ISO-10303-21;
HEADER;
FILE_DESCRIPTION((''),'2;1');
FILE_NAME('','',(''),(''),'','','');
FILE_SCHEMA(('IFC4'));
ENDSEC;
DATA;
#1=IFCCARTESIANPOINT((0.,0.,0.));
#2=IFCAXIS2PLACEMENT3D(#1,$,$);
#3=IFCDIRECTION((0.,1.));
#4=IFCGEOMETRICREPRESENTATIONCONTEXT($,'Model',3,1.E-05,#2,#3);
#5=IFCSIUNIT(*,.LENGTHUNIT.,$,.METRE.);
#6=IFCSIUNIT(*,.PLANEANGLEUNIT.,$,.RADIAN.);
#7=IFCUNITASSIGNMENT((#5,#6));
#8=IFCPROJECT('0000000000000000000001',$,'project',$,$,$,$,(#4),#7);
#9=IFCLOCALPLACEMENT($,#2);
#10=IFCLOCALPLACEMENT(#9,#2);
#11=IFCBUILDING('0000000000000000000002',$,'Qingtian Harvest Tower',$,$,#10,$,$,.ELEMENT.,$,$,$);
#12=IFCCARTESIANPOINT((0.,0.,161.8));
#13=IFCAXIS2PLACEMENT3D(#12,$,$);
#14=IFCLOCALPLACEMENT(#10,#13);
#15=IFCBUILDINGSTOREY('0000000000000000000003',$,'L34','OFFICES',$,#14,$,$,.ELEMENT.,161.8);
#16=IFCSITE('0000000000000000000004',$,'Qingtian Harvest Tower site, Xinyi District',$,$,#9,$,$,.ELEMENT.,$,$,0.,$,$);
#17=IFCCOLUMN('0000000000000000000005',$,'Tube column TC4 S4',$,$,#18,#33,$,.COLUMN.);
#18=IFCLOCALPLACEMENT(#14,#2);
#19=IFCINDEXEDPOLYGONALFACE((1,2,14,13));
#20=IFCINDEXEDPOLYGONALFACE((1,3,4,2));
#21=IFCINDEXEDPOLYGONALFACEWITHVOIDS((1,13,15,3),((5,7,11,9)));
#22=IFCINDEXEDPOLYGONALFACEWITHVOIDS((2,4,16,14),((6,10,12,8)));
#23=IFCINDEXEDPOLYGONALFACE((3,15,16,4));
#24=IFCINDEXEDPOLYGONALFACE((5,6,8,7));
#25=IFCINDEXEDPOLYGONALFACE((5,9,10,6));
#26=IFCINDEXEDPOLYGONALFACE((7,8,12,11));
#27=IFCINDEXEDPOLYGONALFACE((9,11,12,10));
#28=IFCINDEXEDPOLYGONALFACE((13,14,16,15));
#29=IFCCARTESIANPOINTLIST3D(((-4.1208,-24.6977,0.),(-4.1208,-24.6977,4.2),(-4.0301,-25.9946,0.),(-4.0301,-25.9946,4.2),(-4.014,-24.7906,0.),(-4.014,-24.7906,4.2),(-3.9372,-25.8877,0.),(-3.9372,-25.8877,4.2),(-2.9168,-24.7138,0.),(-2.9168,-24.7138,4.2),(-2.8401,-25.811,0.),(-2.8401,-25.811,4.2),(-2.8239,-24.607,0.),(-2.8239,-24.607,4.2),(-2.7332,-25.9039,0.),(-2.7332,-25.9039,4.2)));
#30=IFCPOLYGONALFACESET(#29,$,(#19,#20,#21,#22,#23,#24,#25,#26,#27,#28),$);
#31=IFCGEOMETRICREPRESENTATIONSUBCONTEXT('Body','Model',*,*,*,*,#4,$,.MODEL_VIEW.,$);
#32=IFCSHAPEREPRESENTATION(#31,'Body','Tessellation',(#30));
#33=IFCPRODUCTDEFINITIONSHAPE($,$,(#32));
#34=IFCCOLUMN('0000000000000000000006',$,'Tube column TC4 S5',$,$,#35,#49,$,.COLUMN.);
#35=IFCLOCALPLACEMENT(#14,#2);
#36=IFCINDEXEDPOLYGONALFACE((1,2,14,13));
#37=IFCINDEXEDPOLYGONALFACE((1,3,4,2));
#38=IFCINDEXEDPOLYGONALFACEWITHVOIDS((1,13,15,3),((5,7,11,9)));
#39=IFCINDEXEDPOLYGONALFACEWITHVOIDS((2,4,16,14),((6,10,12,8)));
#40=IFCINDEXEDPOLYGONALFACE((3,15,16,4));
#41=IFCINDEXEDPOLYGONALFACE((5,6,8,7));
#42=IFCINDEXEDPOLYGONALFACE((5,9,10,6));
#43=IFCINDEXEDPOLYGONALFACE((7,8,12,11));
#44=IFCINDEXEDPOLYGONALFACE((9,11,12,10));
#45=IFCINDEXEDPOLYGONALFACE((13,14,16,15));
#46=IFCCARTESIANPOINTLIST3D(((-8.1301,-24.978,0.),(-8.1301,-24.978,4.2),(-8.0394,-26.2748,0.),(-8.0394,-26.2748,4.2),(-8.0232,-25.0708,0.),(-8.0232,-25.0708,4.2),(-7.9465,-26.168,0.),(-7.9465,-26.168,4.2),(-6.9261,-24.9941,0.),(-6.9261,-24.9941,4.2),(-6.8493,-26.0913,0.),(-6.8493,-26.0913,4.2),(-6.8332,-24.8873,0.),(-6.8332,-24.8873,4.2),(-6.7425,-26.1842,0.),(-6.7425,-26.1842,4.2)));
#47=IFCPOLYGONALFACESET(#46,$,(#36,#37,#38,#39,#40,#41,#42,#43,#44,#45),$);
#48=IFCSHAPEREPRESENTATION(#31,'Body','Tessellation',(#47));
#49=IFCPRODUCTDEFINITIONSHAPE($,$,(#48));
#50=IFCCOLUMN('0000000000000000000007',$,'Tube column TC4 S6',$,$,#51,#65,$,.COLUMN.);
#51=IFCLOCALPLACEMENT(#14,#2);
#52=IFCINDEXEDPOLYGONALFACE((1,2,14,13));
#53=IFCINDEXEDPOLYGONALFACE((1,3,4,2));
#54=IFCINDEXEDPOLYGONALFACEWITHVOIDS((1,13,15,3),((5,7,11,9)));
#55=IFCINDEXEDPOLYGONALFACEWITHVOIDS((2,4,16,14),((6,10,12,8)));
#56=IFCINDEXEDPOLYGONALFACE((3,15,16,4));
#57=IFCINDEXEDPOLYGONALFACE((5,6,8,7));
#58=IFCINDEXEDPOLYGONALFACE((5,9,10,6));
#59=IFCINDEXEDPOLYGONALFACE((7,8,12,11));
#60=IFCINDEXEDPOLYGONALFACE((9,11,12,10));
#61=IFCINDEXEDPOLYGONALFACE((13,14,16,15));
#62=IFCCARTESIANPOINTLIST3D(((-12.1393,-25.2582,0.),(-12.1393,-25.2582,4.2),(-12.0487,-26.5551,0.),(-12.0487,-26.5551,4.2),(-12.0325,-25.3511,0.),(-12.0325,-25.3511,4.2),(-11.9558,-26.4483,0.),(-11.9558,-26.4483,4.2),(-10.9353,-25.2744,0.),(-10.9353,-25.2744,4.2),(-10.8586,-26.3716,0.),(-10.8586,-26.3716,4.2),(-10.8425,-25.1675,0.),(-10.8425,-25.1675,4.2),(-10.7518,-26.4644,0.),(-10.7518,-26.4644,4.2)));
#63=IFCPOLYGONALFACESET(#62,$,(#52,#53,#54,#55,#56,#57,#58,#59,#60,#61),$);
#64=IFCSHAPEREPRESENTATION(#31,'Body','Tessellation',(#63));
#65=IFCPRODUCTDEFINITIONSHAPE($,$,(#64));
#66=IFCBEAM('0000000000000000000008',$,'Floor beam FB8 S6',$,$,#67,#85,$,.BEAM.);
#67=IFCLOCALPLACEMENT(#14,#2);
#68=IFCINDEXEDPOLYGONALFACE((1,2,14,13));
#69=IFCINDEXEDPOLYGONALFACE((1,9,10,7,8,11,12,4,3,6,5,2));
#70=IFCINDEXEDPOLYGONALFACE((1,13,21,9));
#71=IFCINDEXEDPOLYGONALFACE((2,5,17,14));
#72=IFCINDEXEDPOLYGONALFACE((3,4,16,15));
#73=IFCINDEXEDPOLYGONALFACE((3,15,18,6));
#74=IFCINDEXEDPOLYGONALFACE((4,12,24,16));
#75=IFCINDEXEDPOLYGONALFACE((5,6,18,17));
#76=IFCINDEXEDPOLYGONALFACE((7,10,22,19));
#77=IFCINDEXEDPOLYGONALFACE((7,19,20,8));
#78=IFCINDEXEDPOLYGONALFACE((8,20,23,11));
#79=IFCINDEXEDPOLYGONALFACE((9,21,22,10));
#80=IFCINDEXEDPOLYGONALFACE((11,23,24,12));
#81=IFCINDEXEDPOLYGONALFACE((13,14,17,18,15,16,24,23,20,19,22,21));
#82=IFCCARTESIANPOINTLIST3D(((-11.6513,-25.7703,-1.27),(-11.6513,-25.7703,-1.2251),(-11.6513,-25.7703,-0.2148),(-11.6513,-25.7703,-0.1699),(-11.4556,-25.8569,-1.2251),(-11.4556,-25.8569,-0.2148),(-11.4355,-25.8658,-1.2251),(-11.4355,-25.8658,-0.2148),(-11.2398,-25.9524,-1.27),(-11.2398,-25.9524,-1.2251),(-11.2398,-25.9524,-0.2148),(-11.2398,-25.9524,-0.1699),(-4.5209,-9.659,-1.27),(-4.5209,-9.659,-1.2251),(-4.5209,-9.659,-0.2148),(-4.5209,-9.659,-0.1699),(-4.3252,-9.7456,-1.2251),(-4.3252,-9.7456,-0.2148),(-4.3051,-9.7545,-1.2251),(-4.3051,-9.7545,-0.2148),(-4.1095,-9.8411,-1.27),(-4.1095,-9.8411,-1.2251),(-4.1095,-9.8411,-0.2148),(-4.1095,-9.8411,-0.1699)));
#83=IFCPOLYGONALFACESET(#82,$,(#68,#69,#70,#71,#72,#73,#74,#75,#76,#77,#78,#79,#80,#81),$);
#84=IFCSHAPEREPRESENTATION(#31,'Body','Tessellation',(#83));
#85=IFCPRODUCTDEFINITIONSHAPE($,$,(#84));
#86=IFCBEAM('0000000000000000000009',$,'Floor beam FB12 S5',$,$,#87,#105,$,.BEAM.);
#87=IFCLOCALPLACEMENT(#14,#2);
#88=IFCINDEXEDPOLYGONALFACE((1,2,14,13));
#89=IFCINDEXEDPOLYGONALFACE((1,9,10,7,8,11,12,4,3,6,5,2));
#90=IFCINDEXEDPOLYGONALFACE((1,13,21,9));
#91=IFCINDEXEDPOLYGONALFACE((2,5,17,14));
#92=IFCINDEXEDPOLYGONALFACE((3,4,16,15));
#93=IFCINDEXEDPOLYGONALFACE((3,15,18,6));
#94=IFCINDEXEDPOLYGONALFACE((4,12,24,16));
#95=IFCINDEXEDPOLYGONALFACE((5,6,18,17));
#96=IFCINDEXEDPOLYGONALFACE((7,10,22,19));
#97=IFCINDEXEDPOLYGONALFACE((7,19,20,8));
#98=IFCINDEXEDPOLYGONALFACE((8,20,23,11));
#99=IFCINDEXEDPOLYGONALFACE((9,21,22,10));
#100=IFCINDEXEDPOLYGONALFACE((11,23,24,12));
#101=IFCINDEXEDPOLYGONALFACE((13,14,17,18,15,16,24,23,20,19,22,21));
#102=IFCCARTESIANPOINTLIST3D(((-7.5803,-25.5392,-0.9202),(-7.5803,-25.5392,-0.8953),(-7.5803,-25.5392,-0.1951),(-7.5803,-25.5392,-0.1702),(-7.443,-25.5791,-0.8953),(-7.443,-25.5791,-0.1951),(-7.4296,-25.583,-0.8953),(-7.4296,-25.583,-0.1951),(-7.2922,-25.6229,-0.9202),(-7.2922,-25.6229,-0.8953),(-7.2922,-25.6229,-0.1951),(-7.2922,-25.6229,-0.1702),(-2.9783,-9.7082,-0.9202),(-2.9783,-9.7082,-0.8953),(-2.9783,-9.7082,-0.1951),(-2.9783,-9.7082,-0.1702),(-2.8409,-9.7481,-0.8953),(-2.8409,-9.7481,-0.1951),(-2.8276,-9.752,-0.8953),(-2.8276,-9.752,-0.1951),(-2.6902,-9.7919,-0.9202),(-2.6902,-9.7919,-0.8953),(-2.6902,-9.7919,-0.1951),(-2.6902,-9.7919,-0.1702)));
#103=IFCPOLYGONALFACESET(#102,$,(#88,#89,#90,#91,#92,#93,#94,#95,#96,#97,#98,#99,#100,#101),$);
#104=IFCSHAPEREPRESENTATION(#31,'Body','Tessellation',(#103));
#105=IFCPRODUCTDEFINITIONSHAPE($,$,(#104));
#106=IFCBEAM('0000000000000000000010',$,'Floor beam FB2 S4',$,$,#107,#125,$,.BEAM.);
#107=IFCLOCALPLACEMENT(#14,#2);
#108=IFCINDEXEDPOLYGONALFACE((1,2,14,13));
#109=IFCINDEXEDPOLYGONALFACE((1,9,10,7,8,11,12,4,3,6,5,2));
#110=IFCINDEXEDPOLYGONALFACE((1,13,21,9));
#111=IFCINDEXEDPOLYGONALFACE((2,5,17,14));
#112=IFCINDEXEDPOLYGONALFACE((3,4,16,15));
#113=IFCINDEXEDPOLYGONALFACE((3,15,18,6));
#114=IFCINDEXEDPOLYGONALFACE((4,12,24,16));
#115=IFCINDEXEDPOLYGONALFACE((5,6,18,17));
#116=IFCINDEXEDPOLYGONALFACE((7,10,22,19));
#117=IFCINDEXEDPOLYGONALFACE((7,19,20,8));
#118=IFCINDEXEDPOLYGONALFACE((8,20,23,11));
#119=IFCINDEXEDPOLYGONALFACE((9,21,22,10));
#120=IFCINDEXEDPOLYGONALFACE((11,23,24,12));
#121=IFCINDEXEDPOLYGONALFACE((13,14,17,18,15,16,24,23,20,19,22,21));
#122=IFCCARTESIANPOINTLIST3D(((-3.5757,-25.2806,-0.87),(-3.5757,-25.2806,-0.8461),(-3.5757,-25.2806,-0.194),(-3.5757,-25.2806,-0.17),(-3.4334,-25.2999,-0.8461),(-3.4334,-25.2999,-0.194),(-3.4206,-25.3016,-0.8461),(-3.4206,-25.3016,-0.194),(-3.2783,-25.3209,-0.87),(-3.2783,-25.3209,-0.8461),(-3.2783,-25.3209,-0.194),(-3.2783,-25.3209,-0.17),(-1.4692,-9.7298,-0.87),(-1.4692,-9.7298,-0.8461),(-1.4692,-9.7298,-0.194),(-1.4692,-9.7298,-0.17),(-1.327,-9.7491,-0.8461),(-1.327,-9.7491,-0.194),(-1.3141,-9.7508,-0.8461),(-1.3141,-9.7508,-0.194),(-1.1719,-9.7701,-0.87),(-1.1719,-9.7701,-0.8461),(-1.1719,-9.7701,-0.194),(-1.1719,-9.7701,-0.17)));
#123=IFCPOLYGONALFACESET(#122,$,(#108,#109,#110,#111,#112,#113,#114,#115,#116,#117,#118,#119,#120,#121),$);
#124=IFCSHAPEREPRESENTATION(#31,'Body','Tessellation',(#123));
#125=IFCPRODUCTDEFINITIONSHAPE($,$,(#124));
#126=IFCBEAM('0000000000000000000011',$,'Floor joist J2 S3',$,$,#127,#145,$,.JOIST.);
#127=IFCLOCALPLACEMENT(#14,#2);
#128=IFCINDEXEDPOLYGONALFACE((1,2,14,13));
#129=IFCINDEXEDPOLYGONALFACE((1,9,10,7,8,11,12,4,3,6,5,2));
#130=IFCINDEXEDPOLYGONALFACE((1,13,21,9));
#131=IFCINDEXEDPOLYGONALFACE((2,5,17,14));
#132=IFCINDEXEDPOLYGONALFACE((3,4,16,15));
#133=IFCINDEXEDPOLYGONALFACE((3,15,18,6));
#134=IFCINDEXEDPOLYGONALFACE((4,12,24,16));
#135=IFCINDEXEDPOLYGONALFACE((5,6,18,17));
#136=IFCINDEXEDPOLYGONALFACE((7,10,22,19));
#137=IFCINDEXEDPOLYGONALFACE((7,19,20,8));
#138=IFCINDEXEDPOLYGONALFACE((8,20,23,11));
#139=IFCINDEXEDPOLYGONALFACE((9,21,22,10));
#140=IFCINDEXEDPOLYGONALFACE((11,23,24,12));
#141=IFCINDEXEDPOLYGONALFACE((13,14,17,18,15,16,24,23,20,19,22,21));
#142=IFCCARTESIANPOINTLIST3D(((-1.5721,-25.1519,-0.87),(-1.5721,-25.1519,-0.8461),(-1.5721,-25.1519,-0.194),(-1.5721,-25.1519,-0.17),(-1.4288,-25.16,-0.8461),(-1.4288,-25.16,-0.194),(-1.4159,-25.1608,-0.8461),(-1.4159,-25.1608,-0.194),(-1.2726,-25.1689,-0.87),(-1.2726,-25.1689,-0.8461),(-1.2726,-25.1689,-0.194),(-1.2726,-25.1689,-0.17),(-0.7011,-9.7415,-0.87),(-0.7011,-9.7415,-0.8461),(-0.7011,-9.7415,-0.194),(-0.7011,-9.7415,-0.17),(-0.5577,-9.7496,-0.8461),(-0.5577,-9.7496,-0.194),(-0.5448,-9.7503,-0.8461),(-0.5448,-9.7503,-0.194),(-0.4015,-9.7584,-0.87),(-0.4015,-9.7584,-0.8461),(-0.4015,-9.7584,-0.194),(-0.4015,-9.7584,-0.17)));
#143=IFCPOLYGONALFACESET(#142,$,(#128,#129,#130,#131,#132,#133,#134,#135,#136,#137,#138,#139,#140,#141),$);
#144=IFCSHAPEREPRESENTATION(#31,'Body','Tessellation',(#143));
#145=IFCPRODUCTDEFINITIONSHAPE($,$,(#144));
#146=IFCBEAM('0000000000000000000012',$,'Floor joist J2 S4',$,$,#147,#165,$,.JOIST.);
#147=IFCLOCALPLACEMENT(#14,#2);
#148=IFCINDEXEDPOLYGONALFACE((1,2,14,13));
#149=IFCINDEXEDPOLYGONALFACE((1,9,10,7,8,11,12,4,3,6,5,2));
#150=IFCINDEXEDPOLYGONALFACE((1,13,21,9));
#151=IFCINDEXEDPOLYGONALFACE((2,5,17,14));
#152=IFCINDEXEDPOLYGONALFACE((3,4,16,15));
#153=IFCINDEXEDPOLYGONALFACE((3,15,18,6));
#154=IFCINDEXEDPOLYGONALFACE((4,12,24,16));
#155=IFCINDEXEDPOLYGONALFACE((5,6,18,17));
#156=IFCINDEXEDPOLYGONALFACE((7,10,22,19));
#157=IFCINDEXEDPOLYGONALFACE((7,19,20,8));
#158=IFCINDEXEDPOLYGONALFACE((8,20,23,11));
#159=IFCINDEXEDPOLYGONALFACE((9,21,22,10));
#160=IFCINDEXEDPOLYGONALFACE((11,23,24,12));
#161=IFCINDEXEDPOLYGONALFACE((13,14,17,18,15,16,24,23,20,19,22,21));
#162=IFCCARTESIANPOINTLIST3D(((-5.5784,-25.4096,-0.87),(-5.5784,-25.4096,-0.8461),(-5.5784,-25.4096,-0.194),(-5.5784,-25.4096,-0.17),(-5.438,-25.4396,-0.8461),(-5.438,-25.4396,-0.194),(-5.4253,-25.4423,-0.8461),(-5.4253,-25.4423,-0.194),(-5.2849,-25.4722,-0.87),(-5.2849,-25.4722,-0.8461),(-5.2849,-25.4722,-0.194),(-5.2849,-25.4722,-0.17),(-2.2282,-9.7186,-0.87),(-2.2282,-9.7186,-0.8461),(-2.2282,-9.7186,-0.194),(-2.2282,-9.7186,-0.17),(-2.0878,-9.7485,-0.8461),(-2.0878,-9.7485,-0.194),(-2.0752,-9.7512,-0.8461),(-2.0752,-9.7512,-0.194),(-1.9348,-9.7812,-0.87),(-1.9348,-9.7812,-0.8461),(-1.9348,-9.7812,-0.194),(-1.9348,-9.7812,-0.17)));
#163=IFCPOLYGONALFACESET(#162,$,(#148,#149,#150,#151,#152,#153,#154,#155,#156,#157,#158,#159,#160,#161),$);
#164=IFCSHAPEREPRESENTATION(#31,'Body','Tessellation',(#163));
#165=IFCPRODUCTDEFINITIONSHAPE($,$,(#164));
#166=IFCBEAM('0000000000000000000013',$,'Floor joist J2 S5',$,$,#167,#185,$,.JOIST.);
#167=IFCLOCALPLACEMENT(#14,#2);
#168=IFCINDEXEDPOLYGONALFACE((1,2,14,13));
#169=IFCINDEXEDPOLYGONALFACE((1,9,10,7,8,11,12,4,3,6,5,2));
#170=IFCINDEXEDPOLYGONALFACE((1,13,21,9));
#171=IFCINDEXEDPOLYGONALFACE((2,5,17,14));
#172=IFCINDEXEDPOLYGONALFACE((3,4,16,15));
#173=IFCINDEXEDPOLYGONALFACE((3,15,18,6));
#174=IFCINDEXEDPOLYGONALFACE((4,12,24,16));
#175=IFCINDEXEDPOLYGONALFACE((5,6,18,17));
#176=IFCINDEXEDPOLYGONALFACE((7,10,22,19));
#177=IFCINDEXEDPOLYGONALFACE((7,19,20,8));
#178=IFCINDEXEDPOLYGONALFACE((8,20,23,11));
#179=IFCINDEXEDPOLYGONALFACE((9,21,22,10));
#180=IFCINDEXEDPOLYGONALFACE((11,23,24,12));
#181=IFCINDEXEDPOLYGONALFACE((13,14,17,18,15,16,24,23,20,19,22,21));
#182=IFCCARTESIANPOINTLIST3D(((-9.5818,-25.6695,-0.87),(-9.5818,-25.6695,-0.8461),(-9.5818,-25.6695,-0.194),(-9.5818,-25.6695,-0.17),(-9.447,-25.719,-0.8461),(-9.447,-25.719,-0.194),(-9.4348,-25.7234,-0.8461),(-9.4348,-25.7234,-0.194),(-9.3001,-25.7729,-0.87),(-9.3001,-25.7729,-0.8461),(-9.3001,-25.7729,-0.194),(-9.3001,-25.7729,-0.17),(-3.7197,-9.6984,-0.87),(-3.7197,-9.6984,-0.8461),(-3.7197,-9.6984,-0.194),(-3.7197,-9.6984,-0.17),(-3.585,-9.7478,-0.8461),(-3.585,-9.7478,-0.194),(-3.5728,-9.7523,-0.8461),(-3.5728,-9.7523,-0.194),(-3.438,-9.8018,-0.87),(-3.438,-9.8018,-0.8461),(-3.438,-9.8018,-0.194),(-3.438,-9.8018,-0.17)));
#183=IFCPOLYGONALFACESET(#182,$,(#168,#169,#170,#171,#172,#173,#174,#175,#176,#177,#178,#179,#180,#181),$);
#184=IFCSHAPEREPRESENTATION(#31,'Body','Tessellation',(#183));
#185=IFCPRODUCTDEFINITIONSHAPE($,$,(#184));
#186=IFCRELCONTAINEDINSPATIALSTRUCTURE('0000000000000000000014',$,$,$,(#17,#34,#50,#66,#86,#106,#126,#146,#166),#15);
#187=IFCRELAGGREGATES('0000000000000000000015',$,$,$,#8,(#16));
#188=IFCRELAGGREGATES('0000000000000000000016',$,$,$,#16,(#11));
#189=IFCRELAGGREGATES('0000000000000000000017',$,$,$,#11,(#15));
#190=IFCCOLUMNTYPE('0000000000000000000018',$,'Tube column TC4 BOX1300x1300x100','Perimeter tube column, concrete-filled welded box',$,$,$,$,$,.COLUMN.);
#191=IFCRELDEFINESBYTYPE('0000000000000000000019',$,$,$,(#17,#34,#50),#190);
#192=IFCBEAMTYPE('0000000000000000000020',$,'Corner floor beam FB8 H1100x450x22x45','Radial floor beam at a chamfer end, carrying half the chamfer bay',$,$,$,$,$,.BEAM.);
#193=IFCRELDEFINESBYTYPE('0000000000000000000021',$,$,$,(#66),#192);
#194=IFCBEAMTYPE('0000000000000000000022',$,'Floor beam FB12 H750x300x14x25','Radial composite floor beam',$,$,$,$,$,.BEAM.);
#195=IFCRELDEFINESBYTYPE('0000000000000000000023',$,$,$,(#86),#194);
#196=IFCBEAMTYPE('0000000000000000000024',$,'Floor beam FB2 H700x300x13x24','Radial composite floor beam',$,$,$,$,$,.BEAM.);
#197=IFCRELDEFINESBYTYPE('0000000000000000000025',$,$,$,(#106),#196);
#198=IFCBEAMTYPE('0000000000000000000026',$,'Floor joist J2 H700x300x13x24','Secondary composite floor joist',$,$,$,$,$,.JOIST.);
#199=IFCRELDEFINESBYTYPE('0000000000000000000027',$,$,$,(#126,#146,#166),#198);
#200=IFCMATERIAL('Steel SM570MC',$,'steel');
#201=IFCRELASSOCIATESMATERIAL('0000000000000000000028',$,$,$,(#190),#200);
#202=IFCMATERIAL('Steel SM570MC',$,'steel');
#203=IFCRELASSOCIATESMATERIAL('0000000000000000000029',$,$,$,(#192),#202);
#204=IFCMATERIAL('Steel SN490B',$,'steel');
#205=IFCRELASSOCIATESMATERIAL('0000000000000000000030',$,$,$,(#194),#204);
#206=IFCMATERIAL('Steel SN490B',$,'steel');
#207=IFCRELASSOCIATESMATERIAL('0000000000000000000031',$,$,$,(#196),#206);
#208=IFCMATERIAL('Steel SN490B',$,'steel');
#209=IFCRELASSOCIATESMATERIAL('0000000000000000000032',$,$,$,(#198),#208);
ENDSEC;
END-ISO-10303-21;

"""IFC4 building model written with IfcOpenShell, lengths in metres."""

from ifc_helpers import new_model, si_unit, direction, frame, origin, origin_2d, place, context, subcontext, project, spatial, hollow_rectangle, i_section, extrude, material, material_profile, profile_set, type_object, element, save


model = new_model("IFC4")

# Units and contexts
model_context = context("Model", 3, precision=1e-05, world=origin(), true_north=direction((0.0, 1.0)))
body_context = subcontext(model_context, "Body", "Model", "MODEL_VIEW")
ifc_project = project(units=[si_unit("LENGTHUNIT", "METRE"), si_unit("PLANEANGLEUNIT", "RADIAN")], contexts=[model_context])

# Site, building, storey
site_placement = place(None, origin())
site = spatial("IfcSite", under=ifc_project, at=site_placement, Name="Qingtian Harvest Tower site, Xinyi District", CompositionType="ELEMENT", RefElevation=0.0)
building_placement = place(site_placement, origin())
building = spatial("IfcBuilding", under=site, at=building_placement, Name="Qingtian Harvest Tower", CompositionType="ELEMENT")
storey_placement = place(building_placement, frame((0.0, 0.0, 161.8)))
storey = spatial("IfcBuildingStorey", under=building, at=storey_placement, Name="L34", Description="OFFICES", CompositionType="ELEMENT", Elevation=161.8)

# Columns
ifc_material_1 = material(Name="Steel SM570MC", Category="steel")
ifc_material_profile_1 = material_profile(ifc_material_1, hollow_rectangle(XDim=1.3, YDim=1.3, WallThickness=0.1001, at=origin_2d()), Name="BOX1300x1300x100")
ifc_profile_set_1 = profile_set([ifc_material_profile_1], Name="Steel SM570MC")
column_type = type_object("IfcColumnType", Name="Tube column TC4 BOX1300x1300x100", Description="Perimeter tube column, concrete-filled welded box", PredefinedType="COLUMN", material=ifc_profile_set_1)
for number, where, z_axis, x_axis, name in (
    (1, (-3.427, -25.3008, 0.0), (0.0, 0.0, 1.0), (0.997564, 0.069756, 0.0), "Tube column TC4 S4"),
    (2, (-7.4363, -25.5811, 0.0), (0.0, 0.0, 1.0), (0.997564, 0.069756, 0.0), "Tube column TC4 S5"),
    (3, (-11.4456, -25.8613, 0.0), (0.0, 0.0, 1.0), (0.997564, 0.069756, 0.0), "Tube column TC4 S6"),
):
    element("IfcColumn", number, at=place(storey_placement, frame(where, z_axis=z_axis, x_axis=x_axis)), inside=storey, type_object=column_type, Name=name, PredefinedType="COLUMN", context=body_context, shape_type="SweptSolid", body=[
        extrude(hollow_rectangle(XDim=1.3, YDim=1.3, WallThickness=0.1001, at=origin_2d()), origin(), (0.0, 0.0, 1.0), 4.2),
    ])

# Beams
ifc_material_2 = material(Name="Steel SM570MC", Category="steel")
ifc_material_profile_2 = material_profile(ifc_material_2, i_section(OverallWidth=0.45, OverallDepth=1.1001, WebThickness=0.022, FlangeThickness=0.0449, at=origin_2d()), Name="H1100x450x22x45")
ifc_profile_set_2 = profile_set([ifc_material_profile_2], Name="Steel SM570MC")
beam_type_1 = type_object("IfcBeamType", Name="Corner floor beam FB8 H1100x450x22x45", Description="Radial floor beam at a chamfer end, carrying half the chamfer bay", PredefinedType="BEAM", material=ifc_profile_set_2)
beam_1_placement = place(storey_placement, frame((-11.4456, -25.8613, -0.72), z_axis=(0.404706, 0.914447, 0.0), x_axis=(-0.914447, 0.404706, 0.0)))
element("IfcBeam", 4, at=beam_1_placement, inside=storey, type_object=beam_type_1, Name="Floor beam FB8 S6", PredefinedType="BEAM", context=body_context, shape_type="SweptSolid", body=[
    extrude(i_section(OverallWidth=0.45, OverallDepth=1.1001, WebThickness=0.022, FlangeThickness=0.0449, at=origin_2d()), origin(), (0.0, 0.0, 1.0), 17.6187),
])
ifc_material_3 = material(Name="Steel SN490B", Category="steel")
ifc_material_profile_3 = material_profile(ifc_material_3, i_section(OverallWidth=0.3, OverallDepth=0.75, WebThickness=0.0139, FlangeThickness=0.0249, at=origin_2d()), Name="H750x300x14x25")
ifc_profile_set_3 = profile_set([ifc_material_profile_3], Name="Steel SN490B")
beam_type_2 = type_object("IfcBeamType", Name="Floor beam FB12 H750x300x14x25", Description="Radial composite floor beam", PredefinedType="BEAM", material=ifc_profile_set_3)
beam_2_placement = place(storey_placement, frame((-7.4363, -25.5811, -0.5452), z_axis=(0.279142, 0.96025, 0.0), x_axis=(-0.96025, 0.279142, 0.0)))
element("IfcBeam", 5, at=beam_2_placement, inside=storey, type_object=beam_type_2, Name="Floor beam FB12 S5", PredefinedType="BEAM", context=body_context, shape_type="SweptSolid", body=[
    extrude(i_section(OverallWidth=0.3, OverallDepth=0.75, WebThickness=0.0139, FlangeThickness=0.0249, at=origin_2d()), origin(), (0.0, 0.0, 1.0), 16.4863),
])
ifc_material_4 = material(Name="Steel SN490B", Category="steel")
ifc_material_profile_4 = material_profile(ifc_material_4, i_section(OverallWidth=0.3, OverallDepth=0.7, WebThickness=0.0129, FlangeThickness=0.0239, at=origin_2d()), Name="H700x300x13x24")
ifc_profile_set_4 = profile_set([ifc_material_profile_4], Name="Steel SN490B")
beam_type_3 = type_object("IfcBeamType", Name="Floor beam FB2 H700x300x13x24", Description="Radial composite floor beam", PredefinedType="BEAM", material=ifc_profile_set_4)
beam_3_placement = place(storey_placement, frame((-3.427, -25.3008, -0.52), z_axis=(0.13423, 0.99095, 0.0), x_axis=(-0.99095, 0.13423, 0.0)))
element("IfcBeam", 6, at=beam_3_placement, inside=storey, type_object=beam_type_3, Name="Floor beam FB2 S4", PredefinedType="BEAM", context=body_context, shape_type="SweptSolid", body=[
    extrude(i_section(OverallWidth=0.3, OverallDepth=0.7, WebThickness=0.0129, FlangeThickness=0.0239, at=origin_2d()), origin(), (0.0, 0.0, 1.0), 15.6929),
])
ifc_material_5 = material(Name="Steel SN490B", Category="steel")
ifc_material_profile_5 = material_profile(ifc_material_5, i_section(OverallWidth=0.3, OverallDepth=0.7, WebThickness=0.0129, FlangeThickness=0.0239, at=origin_2d()), Name="H700x300x13x24")
ifc_profile_set_5 = profile_set([ifc_material_profile_5], Name="Steel SN490B")
beam_type_4 = type_object("IfcBeamType", Name="Floor joist J2 H700x300x13x24", Description="Secondary composite floor joist", PredefinedType="JOIST", material=ifc_profile_set_5)
beam_4_placement = place(storey_placement, frame((-1.4224, -25.1604, -0.52), z_axis=(0.056436, 0.998406, 0.0), x_axis=(-0.998406, 0.056436, 0.0)))
element("IfcBeam", 7, at=beam_4_placement, inside=storey, type_object=beam_type_4, Name="Floor joist J2 S3", PredefinedType="JOIST", context=body_context, shape_type="SweptSolid", body=[
    extrude(i_section(OverallWidth=0.3, OverallDepth=0.7, WebThickness=0.0129, FlangeThickness=0.0239, at=origin_2d()), origin(), (0.0, 0.0, 1.0), 15.4351),
])
beam_5_placement = place(storey_placement, frame((-5.4316, -25.4409, -0.52), z_axis=(0.2088, 0.977958, 0.0), x_axis=(-0.977958, 0.2088, 0.0)))
element("IfcBeam", 8, at=beam_5_placement, inside=storey, type_object=beam_type_4, Name="Floor joist J2 S4", PredefinedType="JOIST", context=body_context, shape_type="SweptSolid", body=[
    extrude(i_section(OverallWidth=0.3, OverallDepth=0.7, WebThickness=0.0129, FlangeThickness=0.0239, at=origin_2d()), origin(), (0.0, 0.0, 1.0), 16.0447),
])
beam_6_placement = place(storey_placement, frame((-9.4409, -25.7212, -0.52), z_axis=(0.344563, 0.938763, 0.0), x_axis=(-0.938763, 0.344563, 0.0)))
element("IfcBeam", 9, at=beam_6_placement, inside=storey, type_object=beam_type_4, Name="Floor joist J2 S5", PredefinedType="JOIST", context=body_context, shape_type="SweptSolid", body=[
    extrude(i_section(OverallWidth=0.3, OverallDepth=0.7, WebThickness=0.0129, FlangeThickness=0.0239, at=origin_2d()), origin(), (0.0, 0.0, 1.0), 17.0129),
])

save(model, "model.ifc")
